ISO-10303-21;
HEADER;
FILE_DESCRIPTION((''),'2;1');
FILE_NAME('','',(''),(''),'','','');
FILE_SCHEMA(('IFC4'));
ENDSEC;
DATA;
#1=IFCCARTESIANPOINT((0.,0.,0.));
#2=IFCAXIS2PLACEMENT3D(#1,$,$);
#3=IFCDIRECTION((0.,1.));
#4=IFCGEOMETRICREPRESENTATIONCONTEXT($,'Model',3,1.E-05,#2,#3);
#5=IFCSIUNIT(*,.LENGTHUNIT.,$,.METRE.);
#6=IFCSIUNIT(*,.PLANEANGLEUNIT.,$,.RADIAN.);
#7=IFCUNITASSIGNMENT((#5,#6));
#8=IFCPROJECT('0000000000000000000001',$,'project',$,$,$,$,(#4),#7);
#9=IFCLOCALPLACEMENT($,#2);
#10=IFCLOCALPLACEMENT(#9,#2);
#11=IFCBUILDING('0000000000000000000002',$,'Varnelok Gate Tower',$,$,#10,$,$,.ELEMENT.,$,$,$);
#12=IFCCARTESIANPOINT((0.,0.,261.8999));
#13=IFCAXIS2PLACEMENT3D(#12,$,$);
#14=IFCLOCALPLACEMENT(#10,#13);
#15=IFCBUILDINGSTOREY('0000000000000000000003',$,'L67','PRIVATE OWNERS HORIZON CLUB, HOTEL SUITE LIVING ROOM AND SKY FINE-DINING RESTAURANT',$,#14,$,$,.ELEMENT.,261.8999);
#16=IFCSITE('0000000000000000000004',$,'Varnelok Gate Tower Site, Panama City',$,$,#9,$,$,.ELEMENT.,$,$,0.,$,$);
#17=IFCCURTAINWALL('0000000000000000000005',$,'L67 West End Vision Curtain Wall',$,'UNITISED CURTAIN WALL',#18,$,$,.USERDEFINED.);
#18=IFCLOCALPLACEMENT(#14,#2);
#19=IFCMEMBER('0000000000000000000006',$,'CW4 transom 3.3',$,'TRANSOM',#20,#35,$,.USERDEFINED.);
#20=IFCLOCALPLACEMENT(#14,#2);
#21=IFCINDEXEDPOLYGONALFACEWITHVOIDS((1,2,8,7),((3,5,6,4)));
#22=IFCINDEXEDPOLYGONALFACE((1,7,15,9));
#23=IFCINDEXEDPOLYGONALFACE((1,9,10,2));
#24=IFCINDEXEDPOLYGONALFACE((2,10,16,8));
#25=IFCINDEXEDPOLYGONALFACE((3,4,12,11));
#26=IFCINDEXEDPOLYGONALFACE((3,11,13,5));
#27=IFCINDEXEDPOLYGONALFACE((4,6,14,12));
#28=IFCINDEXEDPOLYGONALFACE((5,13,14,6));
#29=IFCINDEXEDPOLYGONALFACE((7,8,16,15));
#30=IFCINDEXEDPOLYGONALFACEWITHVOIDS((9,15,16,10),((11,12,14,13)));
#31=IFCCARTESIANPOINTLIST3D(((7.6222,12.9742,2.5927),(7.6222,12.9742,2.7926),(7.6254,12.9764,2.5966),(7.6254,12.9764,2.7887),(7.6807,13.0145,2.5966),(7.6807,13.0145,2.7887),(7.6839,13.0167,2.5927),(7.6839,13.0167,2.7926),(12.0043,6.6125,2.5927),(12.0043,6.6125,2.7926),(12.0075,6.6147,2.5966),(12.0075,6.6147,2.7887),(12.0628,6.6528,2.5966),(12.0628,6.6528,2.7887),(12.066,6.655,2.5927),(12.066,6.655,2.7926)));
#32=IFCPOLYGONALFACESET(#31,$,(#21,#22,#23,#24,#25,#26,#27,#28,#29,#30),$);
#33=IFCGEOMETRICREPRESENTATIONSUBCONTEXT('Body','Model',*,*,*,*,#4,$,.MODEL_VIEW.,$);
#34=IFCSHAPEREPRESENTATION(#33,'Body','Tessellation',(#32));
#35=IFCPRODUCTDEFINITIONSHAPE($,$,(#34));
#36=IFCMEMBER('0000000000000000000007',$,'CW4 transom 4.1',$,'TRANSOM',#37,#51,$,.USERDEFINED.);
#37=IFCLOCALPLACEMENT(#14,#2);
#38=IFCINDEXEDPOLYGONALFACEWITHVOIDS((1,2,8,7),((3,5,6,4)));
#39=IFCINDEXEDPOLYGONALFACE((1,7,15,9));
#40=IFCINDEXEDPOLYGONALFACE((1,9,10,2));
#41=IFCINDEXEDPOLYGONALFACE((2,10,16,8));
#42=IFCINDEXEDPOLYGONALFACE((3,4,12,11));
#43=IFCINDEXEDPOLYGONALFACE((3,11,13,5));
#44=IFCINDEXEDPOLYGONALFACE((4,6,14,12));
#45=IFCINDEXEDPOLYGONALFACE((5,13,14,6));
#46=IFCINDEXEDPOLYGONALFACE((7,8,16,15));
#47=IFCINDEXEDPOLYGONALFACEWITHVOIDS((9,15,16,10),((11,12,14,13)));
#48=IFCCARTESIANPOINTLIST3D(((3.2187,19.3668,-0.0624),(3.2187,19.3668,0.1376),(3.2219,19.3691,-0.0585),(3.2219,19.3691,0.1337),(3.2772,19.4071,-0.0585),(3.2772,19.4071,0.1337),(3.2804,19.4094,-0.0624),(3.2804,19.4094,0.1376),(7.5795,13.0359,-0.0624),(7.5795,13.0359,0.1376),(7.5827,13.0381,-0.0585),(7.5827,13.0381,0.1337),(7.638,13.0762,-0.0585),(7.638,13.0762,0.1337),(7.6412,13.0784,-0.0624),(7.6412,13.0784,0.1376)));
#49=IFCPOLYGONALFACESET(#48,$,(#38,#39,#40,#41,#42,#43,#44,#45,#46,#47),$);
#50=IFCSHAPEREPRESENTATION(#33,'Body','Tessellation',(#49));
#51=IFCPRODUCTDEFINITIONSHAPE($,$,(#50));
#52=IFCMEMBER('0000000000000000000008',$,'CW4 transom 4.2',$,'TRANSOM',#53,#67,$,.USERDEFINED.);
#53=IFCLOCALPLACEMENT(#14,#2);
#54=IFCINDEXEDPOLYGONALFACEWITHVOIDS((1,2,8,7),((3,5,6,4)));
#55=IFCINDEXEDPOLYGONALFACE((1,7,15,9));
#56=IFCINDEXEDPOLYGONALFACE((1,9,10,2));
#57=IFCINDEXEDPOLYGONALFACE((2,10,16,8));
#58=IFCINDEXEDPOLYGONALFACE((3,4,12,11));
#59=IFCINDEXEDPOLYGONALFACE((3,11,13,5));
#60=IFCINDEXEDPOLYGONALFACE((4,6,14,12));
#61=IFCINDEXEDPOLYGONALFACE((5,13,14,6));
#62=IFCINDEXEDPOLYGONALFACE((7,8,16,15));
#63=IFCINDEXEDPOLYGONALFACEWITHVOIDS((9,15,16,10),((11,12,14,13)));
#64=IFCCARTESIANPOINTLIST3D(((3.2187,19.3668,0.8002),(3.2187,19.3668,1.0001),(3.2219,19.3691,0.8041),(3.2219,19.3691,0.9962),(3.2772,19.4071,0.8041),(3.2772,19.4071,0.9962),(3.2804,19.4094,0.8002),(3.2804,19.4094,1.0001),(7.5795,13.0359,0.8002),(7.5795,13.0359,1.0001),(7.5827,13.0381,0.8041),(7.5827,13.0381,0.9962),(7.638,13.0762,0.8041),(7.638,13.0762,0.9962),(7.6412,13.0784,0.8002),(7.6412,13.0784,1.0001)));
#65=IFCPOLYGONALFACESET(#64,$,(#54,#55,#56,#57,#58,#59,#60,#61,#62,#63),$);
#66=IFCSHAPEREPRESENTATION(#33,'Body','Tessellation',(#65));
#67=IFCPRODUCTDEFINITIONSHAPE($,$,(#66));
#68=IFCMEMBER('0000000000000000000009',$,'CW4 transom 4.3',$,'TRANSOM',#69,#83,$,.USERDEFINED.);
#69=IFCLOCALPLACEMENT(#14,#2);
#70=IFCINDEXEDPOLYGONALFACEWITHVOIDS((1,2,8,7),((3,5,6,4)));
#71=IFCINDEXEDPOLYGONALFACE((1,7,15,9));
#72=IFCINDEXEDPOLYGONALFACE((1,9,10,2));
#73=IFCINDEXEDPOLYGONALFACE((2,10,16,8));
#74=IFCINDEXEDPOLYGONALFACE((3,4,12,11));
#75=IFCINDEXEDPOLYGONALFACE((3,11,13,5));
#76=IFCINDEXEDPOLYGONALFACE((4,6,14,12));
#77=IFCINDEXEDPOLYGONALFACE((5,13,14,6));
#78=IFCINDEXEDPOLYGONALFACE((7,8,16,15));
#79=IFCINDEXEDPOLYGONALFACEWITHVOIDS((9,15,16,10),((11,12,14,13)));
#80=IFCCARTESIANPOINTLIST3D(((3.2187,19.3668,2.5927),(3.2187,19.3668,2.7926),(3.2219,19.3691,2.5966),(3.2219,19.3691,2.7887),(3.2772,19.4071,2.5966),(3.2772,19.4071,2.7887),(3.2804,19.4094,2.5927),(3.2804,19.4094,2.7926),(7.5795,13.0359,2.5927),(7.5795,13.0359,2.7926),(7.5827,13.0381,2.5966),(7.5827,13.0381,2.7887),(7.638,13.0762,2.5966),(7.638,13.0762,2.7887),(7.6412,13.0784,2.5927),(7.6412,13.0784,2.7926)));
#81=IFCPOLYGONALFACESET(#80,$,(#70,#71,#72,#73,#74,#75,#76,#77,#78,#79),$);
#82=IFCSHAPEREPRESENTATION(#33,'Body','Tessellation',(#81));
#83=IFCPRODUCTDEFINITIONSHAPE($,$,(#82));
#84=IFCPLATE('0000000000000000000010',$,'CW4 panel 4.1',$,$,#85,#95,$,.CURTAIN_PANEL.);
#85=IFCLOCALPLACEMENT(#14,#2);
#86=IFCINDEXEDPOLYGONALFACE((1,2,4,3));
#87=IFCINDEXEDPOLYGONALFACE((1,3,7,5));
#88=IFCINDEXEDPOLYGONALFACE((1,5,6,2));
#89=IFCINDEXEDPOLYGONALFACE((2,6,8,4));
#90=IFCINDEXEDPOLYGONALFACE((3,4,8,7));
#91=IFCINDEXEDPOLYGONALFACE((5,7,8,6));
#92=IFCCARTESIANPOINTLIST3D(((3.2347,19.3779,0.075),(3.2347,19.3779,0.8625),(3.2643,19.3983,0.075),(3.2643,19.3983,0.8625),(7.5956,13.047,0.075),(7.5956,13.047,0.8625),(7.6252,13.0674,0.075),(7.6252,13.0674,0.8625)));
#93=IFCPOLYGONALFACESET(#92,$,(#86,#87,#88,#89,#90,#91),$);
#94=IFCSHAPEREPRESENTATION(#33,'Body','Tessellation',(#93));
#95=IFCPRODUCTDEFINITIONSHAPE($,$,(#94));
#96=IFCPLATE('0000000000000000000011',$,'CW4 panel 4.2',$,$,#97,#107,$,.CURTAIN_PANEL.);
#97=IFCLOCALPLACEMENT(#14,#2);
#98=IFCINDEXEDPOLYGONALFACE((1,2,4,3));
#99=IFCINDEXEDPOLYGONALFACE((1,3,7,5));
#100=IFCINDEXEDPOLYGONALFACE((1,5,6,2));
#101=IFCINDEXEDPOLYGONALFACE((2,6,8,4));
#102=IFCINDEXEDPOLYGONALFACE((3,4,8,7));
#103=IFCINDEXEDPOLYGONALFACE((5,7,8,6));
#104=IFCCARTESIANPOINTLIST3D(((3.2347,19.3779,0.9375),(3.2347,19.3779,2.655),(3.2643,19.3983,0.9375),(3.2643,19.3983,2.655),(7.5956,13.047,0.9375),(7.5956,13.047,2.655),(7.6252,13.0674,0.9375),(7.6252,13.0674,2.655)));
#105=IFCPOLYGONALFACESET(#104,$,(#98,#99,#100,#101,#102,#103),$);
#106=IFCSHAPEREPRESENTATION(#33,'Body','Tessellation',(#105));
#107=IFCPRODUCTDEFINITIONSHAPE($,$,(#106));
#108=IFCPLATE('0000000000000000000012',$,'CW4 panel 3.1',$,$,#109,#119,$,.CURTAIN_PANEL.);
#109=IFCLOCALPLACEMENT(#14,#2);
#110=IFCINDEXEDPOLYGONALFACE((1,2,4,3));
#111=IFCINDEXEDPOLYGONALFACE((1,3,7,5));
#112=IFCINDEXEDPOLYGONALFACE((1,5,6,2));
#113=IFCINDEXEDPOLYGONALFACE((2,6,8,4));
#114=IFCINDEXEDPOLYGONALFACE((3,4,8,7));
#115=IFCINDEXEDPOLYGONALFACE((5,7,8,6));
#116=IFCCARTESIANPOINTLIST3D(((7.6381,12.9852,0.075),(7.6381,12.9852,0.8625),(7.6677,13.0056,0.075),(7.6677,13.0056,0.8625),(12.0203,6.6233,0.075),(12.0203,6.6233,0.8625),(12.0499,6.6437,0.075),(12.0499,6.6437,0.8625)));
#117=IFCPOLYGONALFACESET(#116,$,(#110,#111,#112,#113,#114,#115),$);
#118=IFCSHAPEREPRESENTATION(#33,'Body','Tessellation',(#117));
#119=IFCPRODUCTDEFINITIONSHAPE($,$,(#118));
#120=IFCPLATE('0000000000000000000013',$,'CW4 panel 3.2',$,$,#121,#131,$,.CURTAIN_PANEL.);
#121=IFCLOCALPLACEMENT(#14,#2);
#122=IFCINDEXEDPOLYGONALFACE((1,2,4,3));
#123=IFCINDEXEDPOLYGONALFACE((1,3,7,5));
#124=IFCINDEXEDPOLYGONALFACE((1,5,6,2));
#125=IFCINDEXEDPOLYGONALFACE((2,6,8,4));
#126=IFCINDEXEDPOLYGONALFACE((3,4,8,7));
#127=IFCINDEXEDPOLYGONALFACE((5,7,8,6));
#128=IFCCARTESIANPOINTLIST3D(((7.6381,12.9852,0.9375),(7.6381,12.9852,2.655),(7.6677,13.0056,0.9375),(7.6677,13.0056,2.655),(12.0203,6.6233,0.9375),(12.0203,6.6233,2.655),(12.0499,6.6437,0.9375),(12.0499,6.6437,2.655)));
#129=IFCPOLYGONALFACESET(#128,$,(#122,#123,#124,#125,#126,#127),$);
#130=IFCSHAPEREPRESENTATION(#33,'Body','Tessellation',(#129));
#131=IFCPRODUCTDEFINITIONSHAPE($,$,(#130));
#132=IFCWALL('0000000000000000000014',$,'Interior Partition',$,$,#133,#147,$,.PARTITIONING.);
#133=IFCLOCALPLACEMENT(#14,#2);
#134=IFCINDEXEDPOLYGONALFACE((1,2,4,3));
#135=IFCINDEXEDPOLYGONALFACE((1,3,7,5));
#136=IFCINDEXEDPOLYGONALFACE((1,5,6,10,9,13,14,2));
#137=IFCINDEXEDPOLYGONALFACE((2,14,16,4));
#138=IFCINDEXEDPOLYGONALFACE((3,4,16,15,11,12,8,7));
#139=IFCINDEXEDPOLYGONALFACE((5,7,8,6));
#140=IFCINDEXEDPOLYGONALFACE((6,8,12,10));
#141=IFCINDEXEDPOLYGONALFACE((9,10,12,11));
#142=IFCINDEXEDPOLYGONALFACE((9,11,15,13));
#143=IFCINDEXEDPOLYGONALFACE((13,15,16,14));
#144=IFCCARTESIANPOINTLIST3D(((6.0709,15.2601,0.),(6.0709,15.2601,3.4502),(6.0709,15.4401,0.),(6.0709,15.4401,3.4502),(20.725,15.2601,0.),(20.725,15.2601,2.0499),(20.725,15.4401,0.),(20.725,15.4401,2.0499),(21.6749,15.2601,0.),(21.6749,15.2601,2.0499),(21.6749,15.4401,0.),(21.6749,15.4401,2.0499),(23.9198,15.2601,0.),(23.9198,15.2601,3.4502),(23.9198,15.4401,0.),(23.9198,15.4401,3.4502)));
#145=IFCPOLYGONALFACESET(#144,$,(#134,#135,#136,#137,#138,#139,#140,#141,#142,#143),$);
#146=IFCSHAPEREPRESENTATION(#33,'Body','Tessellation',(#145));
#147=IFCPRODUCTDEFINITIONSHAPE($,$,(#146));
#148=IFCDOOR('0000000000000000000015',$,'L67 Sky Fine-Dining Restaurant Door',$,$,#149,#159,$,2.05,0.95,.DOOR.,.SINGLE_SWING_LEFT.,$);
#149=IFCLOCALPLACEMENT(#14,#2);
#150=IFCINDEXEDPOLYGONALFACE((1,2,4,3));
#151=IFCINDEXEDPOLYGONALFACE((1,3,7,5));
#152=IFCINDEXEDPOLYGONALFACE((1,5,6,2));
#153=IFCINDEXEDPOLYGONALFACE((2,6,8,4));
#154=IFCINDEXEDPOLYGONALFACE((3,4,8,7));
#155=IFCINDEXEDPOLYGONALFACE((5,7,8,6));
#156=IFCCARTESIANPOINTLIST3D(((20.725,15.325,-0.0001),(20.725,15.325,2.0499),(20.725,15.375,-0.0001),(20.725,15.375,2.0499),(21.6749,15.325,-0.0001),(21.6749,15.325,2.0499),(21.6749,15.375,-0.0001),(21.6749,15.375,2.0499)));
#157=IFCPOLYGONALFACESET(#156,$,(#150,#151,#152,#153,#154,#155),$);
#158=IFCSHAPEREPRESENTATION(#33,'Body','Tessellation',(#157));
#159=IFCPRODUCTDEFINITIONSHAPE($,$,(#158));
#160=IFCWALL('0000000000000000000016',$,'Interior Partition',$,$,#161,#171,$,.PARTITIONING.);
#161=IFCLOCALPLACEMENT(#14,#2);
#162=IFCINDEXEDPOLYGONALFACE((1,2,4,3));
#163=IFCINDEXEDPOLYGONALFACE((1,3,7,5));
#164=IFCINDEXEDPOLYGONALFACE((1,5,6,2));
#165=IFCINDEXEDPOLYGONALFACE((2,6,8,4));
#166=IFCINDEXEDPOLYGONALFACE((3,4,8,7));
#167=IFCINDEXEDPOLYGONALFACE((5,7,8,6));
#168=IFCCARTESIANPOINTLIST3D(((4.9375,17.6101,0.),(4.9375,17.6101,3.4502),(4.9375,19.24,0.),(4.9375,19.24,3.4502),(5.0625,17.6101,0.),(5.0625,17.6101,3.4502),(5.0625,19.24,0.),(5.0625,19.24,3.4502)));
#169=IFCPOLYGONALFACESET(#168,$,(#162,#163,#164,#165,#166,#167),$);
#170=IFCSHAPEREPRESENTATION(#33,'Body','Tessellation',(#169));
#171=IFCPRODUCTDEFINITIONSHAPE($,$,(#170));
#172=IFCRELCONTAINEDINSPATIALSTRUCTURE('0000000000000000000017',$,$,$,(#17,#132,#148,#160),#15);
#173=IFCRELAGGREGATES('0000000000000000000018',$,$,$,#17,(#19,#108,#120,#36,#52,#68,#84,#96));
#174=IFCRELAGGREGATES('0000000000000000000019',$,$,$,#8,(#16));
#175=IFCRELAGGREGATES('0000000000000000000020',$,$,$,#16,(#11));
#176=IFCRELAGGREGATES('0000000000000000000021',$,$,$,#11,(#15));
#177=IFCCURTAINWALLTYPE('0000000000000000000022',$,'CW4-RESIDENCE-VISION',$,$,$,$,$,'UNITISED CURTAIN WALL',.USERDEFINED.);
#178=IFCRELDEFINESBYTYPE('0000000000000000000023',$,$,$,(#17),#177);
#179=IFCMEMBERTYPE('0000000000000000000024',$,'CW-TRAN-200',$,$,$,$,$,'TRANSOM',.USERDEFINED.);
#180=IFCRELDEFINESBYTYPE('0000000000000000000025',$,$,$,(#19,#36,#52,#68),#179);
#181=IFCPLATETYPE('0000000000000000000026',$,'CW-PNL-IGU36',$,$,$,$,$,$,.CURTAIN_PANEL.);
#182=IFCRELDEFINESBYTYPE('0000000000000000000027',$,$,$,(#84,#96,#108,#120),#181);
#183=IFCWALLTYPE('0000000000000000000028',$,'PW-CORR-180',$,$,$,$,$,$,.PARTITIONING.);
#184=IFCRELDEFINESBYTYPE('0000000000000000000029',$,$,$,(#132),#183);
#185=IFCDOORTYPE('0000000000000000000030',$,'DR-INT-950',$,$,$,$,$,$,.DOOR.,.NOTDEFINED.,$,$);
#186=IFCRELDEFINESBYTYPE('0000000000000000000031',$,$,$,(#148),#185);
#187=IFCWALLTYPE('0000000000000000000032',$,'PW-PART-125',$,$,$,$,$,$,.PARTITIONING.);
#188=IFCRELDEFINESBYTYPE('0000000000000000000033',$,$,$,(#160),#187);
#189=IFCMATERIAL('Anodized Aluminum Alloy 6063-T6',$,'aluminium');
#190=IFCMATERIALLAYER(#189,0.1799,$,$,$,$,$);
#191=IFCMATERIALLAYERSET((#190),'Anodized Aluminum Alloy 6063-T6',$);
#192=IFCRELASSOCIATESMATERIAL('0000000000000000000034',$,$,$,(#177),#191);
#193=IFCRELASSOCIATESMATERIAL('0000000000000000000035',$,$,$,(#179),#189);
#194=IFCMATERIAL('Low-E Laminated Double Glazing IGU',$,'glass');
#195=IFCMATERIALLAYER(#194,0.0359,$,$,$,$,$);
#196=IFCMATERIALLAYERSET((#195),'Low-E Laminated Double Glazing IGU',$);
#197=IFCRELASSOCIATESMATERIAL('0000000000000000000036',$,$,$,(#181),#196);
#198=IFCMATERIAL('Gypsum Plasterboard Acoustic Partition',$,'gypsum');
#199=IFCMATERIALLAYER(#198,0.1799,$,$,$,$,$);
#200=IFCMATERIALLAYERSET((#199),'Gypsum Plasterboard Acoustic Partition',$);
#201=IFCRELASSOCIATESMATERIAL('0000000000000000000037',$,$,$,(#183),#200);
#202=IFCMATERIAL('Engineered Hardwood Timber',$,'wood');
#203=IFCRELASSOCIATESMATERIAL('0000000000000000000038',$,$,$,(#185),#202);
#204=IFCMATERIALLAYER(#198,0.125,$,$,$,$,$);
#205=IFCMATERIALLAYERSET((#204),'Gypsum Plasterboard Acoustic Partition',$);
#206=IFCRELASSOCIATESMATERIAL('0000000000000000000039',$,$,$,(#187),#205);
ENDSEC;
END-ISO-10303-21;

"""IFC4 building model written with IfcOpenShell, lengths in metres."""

from ifc_helpers import new_model, si_unit, direction, frame, frame_2d, origin, origin_2d, place, context, subcontext, project, spatial, rectangle, hollow_rectangle, extrude, source, transform, mapped, material, layer, layer_set, material_profile, profile_set, type_object, element, fill, aggregate, save


model = new_model("IFC4")

# Units and contexts
model_context = context("Model", 3, precision=1e-05, world=origin(), true_north=direction((0.0, 1.0)))
body_context = subcontext(model_context, "Body", "Model", "MODEL_VIEW")
ifc_project = project(units=[si_unit("LENGTHUNIT", "METRE"), si_unit("PLANEANGLEUNIT", "RADIAN")], contexts=[model_context])

# Site, building, storey
site_placement = place(None, origin())
site = spatial("IfcSite", under=ifc_project, at=site_placement, Name="Varnelok Gate Tower Site, Panama City", CompositionType="ELEMENT", RefElevation=0.0)
building_placement = place(site_placement, origin())
building = spatial("IfcBuilding", under=site, at=building_placement, Name="Varnelok Gate Tower", CompositionType="ELEMENT")
storey_placement = place(building_placement, frame((0.0, 0.0, 261.8999)))
storey = spatial("IfcBuildingStorey", under=building, at=storey_placement, Name="L67", Description="PRIVATE OWNERS HORIZON CLUB, HOTEL SUITE LIVING ROOM AND SKY FINE-DINING RESTAURANT", CompositionType="ELEMENT", Elevation=261.8999)

# Curtain wall, members, plates
ifc_material_1 = material(Name="Anodized Aluminum Alloy 6063-T6", Category="aluminium")
ifc_layer_1 = layer(ifc_material_1, 0.1799)
ifc_layer_set_1 = layer_set([ifc_layer_1], Name="Anodized Aluminum Alloy 6063-T6")
curtain_wall_type = type_object("IfcCurtainWallType", Name="CW4-RESIDENCE-VISION", ElementType="UNITISED CURTAIN WALL", PredefinedType="USERDEFINED", material=ifc_layer_set_1)
curtain_wall_placement = place(storey_placement, origin())
curtain_wall = element("IfcCurtainWall", 1, at=curtain_wall_placement, inside=storey, type_object=curtain_wall_type, Name="L67 West End Vision Curtain Wall", ObjectType="UNITISED CURTAIN WALL", PredefinedType="USERDEFINED")
ifc_material_profile_1 = material_profile(ifc_material_1, hollow_rectangle(XDim=0.075, YDim=0.2, WallThickness=0.0039, at=origin_2d()), Name="ALU200X75X4")
ifc_profile_set_1 = profile_set([ifc_material_profile_1], Name="Anodized Aluminum Alloy 6063-T6")
member_type_1 = type_object("IfcMemberType", Name="CW-TRAN-200", ElementType="TRANSOM", PredefinedType="USERDEFINED", material=ifc_profile_set_1)
member_1_placement = place(storey_placement, frame((12.0352, 6.6338, 2.6926), z_axis=(-0.567276, 0.823528, 0.0), x_axis=(-0.823528, -0.567276, 0.0)))
member_1 = element("IfcMember", 2, at=member_1_placement, type_object=member_type_1, Name="CW4 transom 3.3", ObjectType="TRANSOM", PredefinedType="USERDEFINED", context=body_context, shape_type="SweptSolid", body=[
    extrude(hollow_rectangle(XDim=0.075, YDim=0.2, WallThickness=0.0039, at=origin_2d()), origin(), (0.0, 0.0, 1.0), 7.7249),
])
member_2_placement = place(storey_placement, frame((7.6104, 13.0571, 0.0376), z_axis=(-0.567256, 0.823541, 0.0), x_axis=(-0.823541, -0.567256, 0.0)))
member_2 = element("IfcMember", 3, at=member_2_placement, type_object=member_type_1, Name="CW4 transom 4.1", ObjectType="TRANSOM", PredefinedType="USERDEFINED", context=body_context, shape_type="SweptSolid", body=[
    extrude(hollow_rectangle(XDim=0.075, YDim=0.2, WallThickness=0.0039, at=origin_2d()), origin(), (0.0, 0.0, 1.0), 7.6875),
])
member_3_placement = place(storey_placement, frame((7.6104, 13.0571, 0.9001), z_axis=(-0.567256, 0.823541, 0.0), x_axis=(-0.823541, -0.567256, 0.0)))
member_3 = element("IfcMember", 4, at=member_3_placement, type_object=member_type_1, Name="CW4 transom 4.2", ObjectType="TRANSOM", PredefinedType="USERDEFINED", context=body_context, shape_type="SweptSolid", body=[
    extrude(hollow_rectangle(XDim=0.075, YDim=0.2, WallThickness=0.0039, at=origin_2d()), origin(), (0.0, 0.0, 1.0), 7.6875),
])
member_4_placement = place(storey_placement, frame((7.6104, 13.0571, 2.6926), z_axis=(-0.567256, 0.823541, 0.0), x_axis=(-0.823541, -0.567256, 0.0)))
member_4 = element("IfcMember", 5, at=member_4_placement, type_object=member_type_1, Name="CW4 transom 4.3", ObjectType="TRANSOM", PredefinedType="USERDEFINED", context=body_context, shape_type="SweptSolid", body=[
    extrude(hollow_rectangle(XDim=0.075, YDim=0.2, WallThickness=0.0039, at=origin_2d()), origin(), (0.0, 0.0, 1.0), 7.6875),
])
ifc_material_2 = material(Name="Low-E Laminated Double Glazing IGU", Category="glass")
ifc_layer_2 = layer(ifc_material_2, 0.0359)
ifc_layer_set_2 = layer_set([ifc_layer_2], Name="Low-E Laminated Double Glazing IGU")
plate_type = type_object("IfcPlateType", Name="CW-PNL-IGU36", PredefinedType="CURTAIN_PANEL", material=ifc_layer_set_2)
shared_shape_1 = source(origin(), body_context, "Body", "SweptSolid", [
    extrude(rectangle(XDim=7.6875, YDim=0.0359, at=origin_2d()), origin(), (0.0, 0.0, 1.0), 0.7876),
])
plate_1_placement = place(storey_placement, frame((5.4299, 16.2227, 0.075), z_axis=(0.0, 0.0, 1.0), x_axis=(-0.567269, 0.823532, 0.0)))
plate_1 = element("IfcPlate", 6, at=plate_1_placement, type_object=plate_type, Name="CW4 panel 4.1", PredefinedType="CURTAIN_PANEL", context=body_context, shape_type="MappedRepresentation", body=[
    mapped(shared_shape_1, transform((0.0, 0.0, 0.0), scale=1.0)),
])
shared_shape_2 = source(origin(), body_context, "Body", "SweptSolid", [
    extrude(rectangle(XDim=7.6875, YDim=0.0359, at=origin_2d()), origin(), (0.0, 0.0, 1.0), 1.7175),
])
plate_2_placement = place(storey_placement, frame((5.4299, 16.2227, 0.9375), z_axis=(0.0, 0.0, 1.0), x_axis=(-0.567269, 0.823532, 0.0)))
plate_2 = element("IfcPlate", 7, at=plate_2_placement, type_object=plate_type, Name="CW4 panel 4.2", PredefinedType="CURTAIN_PANEL", context=body_context, shape_type="MappedRepresentation", body=[
    mapped(shared_shape_2, transform((0.0, 0.0, 0.0), scale=1.0)),
])
shared_shape_3 = source(origin(), body_context, "Body", "SweptSolid", [
    extrude(rectangle(XDim=7.7251, YDim=0.0359, at=origin_2d()), origin(), (0.0, 0.0, 1.0), 0.7876),
])
plate_3_placement = place(storey_placement, frame((9.844, 9.8145, 0.075), z_axis=(0.0, 0.0, 1.0), x_axis=(-0.567269, 0.823532, 0.0)))
plate_3 = element("IfcPlate", 8, at=plate_3_placement, type_object=plate_type, Name="CW4 panel 3.1", PredefinedType="CURTAIN_PANEL", context=body_context, shape_type="MappedRepresentation", body=[
    mapped(shared_shape_3, transform((0.0, 0.0, 0.0), scale=1.0)),
])
shared_shape_4 = source(origin(), body_context, "Body", "SweptSolid", [
    extrude(rectangle(XDim=7.7251, YDim=0.0359, at=origin_2d()), origin(), (0.0, 0.0, 1.0), 1.7175),
])
plate_4_placement = place(storey_placement, frame((9.844, 9.8145, 0.9375), z_axis=(0.0, 0.0, 1.0), x_axis=(-0.567269, 0.823532, 0.0)))
plate_4 = element("IfcPlate", 9, at=plate_4_placement, type_object=plate_type, Name="CW4 panel 3.2", PredefinedType="CURTAIN_PANEL", context=body_context, shape_type="MappedRepresentation", body=[
    mapped(shared_shape_4, transform((0.0, 0.0, 0.0), scale=1.0)),
])
aggregate(curtain_wall, [member_1, plate_3, plate_4, member_2, member_3, member_4, plate_1, plate_2])

# Wall, opening, door
ifc_material_3 = material(Name="Gypsum Plasterboard Acoustic Partition", Category="gypsum")
ifc_layer_3 = layer(ifc_material_3, 0.1799)
ifc_layer_set_3 = layer_set([ifc_layer_3], Name="Gypsum Plasterboard Acoustic Partition")
wall_type_1 = type_object("IfcWallType", Name="PW-CORR-180", PredefinedType="PARTITIONING", material=ifc_layer_set_3)
wall_1_placement = place(storey_placement, frame((6.071, 15.3501, 0.0), z_axis=(0.0, 0.0, 1.0), x_axis=(1.0, 0.0, 0.0)))
wall_1 = element("IfcWall", 10, at=wall_1_placement, inside=storey, type_object=wall_type_1, Name="Interior Partition", PredefinedType="PARTITIONING", context=body_context, shape_type="SweptSolid", body=[
    extrude(rectangle(XDim=17.8489, YDim=0.1799, at=frame_2d((8.9243, 0.0))), origin(), (0.0, 0.0, 1.0), 3.4502),
])
opening_1_placement = place(wall_1_placement, frame((14.6538, 0.0, 0.0)))
opening_1 = element("IfcOpeningElement", 11, at=opening_1_placement, cuts=wall_1, PredefinedType="OPENING", context=body_context, shape_type="SweptSolid", body=[
    extrude(rectangle(XDim=0.95, YDim=2.05, at=frame_2d((0.4751, 1.0249))), frame((0.0, 0.0999, 0.0), z_axis=(0.0, -1.0, 0.0), x_axis=(1.0, 0.0, 0.0)), (0.0, 0.0, 1.0), 0.2),
])
ifc_material_4 = material(Name="Engineered Hardwood Timber", Category="wood")
door_type_1 = type_object("IfcDoorType", Name="DR-INT-950", OperationType="NOTDEFINED", PredefinedType="DOOR", material=ifc_material_4)
door_1_placement = place(opening_1_placement, origin())
door_1 = element("IfcDoor", 12, at=door_1_placement, inside=storey, type_object=door_type_1, Name="L67 Sky Fine-Dining Restaurant Door", OperationType="SINGLE_SWING_LEFT", OverallHeight=2.05, OverallWidth=0.95, PredefinedType="DOOR", context=body_context, shape_type="SweptSolid", body=[
    extrude(rectangle(XDim=0.95, YDim=2.05, at=frame_2d((0.4751, 1.0249))), frame((0.0, 0.0249, 0.0), z_axis=(0.0, -1.0, 0.0), x_axis=(1.0, 0.0, 0.0)), (0.0, 0.0, 1.0), 0.05),
])
fill(opening_1, door_1)

# Wall
ifc_layer_4 = layer(ifc_material_3, 0.125)
ifc_layer_set_4 = layer_set([ifc_layer_4], Name="Gypsum Plasterboard Acoustic Partition")
wall_type_2 = type_object("IfcWallType", Name="PW-PART-125", PredefinedType="PARTITIONING", material=ifc_layer_set_4)
wall_2_placement = place(storey_placement, frame((5.0, 17.6101, 0.0), z_axis=(0.0, 0.0, 1.0), x_axis=(0.0, 1.0, 0.0)))
element("IfcWall", 13, at=wall_2_placement, inside=storey, type_object=wall_type_2, Name="Interior Partition", PredefinedType="PARTITIONING", context=body_context, shape_type="SweptSolid", body=[
    extrude(rectangle(XDim=1.6299, YDim=0.125, at=frame_2d((0.8149, 0.0))), origin(), (0.0, 0.0, 1.0), 3.4502),
])

save(model, "model.ifc")
